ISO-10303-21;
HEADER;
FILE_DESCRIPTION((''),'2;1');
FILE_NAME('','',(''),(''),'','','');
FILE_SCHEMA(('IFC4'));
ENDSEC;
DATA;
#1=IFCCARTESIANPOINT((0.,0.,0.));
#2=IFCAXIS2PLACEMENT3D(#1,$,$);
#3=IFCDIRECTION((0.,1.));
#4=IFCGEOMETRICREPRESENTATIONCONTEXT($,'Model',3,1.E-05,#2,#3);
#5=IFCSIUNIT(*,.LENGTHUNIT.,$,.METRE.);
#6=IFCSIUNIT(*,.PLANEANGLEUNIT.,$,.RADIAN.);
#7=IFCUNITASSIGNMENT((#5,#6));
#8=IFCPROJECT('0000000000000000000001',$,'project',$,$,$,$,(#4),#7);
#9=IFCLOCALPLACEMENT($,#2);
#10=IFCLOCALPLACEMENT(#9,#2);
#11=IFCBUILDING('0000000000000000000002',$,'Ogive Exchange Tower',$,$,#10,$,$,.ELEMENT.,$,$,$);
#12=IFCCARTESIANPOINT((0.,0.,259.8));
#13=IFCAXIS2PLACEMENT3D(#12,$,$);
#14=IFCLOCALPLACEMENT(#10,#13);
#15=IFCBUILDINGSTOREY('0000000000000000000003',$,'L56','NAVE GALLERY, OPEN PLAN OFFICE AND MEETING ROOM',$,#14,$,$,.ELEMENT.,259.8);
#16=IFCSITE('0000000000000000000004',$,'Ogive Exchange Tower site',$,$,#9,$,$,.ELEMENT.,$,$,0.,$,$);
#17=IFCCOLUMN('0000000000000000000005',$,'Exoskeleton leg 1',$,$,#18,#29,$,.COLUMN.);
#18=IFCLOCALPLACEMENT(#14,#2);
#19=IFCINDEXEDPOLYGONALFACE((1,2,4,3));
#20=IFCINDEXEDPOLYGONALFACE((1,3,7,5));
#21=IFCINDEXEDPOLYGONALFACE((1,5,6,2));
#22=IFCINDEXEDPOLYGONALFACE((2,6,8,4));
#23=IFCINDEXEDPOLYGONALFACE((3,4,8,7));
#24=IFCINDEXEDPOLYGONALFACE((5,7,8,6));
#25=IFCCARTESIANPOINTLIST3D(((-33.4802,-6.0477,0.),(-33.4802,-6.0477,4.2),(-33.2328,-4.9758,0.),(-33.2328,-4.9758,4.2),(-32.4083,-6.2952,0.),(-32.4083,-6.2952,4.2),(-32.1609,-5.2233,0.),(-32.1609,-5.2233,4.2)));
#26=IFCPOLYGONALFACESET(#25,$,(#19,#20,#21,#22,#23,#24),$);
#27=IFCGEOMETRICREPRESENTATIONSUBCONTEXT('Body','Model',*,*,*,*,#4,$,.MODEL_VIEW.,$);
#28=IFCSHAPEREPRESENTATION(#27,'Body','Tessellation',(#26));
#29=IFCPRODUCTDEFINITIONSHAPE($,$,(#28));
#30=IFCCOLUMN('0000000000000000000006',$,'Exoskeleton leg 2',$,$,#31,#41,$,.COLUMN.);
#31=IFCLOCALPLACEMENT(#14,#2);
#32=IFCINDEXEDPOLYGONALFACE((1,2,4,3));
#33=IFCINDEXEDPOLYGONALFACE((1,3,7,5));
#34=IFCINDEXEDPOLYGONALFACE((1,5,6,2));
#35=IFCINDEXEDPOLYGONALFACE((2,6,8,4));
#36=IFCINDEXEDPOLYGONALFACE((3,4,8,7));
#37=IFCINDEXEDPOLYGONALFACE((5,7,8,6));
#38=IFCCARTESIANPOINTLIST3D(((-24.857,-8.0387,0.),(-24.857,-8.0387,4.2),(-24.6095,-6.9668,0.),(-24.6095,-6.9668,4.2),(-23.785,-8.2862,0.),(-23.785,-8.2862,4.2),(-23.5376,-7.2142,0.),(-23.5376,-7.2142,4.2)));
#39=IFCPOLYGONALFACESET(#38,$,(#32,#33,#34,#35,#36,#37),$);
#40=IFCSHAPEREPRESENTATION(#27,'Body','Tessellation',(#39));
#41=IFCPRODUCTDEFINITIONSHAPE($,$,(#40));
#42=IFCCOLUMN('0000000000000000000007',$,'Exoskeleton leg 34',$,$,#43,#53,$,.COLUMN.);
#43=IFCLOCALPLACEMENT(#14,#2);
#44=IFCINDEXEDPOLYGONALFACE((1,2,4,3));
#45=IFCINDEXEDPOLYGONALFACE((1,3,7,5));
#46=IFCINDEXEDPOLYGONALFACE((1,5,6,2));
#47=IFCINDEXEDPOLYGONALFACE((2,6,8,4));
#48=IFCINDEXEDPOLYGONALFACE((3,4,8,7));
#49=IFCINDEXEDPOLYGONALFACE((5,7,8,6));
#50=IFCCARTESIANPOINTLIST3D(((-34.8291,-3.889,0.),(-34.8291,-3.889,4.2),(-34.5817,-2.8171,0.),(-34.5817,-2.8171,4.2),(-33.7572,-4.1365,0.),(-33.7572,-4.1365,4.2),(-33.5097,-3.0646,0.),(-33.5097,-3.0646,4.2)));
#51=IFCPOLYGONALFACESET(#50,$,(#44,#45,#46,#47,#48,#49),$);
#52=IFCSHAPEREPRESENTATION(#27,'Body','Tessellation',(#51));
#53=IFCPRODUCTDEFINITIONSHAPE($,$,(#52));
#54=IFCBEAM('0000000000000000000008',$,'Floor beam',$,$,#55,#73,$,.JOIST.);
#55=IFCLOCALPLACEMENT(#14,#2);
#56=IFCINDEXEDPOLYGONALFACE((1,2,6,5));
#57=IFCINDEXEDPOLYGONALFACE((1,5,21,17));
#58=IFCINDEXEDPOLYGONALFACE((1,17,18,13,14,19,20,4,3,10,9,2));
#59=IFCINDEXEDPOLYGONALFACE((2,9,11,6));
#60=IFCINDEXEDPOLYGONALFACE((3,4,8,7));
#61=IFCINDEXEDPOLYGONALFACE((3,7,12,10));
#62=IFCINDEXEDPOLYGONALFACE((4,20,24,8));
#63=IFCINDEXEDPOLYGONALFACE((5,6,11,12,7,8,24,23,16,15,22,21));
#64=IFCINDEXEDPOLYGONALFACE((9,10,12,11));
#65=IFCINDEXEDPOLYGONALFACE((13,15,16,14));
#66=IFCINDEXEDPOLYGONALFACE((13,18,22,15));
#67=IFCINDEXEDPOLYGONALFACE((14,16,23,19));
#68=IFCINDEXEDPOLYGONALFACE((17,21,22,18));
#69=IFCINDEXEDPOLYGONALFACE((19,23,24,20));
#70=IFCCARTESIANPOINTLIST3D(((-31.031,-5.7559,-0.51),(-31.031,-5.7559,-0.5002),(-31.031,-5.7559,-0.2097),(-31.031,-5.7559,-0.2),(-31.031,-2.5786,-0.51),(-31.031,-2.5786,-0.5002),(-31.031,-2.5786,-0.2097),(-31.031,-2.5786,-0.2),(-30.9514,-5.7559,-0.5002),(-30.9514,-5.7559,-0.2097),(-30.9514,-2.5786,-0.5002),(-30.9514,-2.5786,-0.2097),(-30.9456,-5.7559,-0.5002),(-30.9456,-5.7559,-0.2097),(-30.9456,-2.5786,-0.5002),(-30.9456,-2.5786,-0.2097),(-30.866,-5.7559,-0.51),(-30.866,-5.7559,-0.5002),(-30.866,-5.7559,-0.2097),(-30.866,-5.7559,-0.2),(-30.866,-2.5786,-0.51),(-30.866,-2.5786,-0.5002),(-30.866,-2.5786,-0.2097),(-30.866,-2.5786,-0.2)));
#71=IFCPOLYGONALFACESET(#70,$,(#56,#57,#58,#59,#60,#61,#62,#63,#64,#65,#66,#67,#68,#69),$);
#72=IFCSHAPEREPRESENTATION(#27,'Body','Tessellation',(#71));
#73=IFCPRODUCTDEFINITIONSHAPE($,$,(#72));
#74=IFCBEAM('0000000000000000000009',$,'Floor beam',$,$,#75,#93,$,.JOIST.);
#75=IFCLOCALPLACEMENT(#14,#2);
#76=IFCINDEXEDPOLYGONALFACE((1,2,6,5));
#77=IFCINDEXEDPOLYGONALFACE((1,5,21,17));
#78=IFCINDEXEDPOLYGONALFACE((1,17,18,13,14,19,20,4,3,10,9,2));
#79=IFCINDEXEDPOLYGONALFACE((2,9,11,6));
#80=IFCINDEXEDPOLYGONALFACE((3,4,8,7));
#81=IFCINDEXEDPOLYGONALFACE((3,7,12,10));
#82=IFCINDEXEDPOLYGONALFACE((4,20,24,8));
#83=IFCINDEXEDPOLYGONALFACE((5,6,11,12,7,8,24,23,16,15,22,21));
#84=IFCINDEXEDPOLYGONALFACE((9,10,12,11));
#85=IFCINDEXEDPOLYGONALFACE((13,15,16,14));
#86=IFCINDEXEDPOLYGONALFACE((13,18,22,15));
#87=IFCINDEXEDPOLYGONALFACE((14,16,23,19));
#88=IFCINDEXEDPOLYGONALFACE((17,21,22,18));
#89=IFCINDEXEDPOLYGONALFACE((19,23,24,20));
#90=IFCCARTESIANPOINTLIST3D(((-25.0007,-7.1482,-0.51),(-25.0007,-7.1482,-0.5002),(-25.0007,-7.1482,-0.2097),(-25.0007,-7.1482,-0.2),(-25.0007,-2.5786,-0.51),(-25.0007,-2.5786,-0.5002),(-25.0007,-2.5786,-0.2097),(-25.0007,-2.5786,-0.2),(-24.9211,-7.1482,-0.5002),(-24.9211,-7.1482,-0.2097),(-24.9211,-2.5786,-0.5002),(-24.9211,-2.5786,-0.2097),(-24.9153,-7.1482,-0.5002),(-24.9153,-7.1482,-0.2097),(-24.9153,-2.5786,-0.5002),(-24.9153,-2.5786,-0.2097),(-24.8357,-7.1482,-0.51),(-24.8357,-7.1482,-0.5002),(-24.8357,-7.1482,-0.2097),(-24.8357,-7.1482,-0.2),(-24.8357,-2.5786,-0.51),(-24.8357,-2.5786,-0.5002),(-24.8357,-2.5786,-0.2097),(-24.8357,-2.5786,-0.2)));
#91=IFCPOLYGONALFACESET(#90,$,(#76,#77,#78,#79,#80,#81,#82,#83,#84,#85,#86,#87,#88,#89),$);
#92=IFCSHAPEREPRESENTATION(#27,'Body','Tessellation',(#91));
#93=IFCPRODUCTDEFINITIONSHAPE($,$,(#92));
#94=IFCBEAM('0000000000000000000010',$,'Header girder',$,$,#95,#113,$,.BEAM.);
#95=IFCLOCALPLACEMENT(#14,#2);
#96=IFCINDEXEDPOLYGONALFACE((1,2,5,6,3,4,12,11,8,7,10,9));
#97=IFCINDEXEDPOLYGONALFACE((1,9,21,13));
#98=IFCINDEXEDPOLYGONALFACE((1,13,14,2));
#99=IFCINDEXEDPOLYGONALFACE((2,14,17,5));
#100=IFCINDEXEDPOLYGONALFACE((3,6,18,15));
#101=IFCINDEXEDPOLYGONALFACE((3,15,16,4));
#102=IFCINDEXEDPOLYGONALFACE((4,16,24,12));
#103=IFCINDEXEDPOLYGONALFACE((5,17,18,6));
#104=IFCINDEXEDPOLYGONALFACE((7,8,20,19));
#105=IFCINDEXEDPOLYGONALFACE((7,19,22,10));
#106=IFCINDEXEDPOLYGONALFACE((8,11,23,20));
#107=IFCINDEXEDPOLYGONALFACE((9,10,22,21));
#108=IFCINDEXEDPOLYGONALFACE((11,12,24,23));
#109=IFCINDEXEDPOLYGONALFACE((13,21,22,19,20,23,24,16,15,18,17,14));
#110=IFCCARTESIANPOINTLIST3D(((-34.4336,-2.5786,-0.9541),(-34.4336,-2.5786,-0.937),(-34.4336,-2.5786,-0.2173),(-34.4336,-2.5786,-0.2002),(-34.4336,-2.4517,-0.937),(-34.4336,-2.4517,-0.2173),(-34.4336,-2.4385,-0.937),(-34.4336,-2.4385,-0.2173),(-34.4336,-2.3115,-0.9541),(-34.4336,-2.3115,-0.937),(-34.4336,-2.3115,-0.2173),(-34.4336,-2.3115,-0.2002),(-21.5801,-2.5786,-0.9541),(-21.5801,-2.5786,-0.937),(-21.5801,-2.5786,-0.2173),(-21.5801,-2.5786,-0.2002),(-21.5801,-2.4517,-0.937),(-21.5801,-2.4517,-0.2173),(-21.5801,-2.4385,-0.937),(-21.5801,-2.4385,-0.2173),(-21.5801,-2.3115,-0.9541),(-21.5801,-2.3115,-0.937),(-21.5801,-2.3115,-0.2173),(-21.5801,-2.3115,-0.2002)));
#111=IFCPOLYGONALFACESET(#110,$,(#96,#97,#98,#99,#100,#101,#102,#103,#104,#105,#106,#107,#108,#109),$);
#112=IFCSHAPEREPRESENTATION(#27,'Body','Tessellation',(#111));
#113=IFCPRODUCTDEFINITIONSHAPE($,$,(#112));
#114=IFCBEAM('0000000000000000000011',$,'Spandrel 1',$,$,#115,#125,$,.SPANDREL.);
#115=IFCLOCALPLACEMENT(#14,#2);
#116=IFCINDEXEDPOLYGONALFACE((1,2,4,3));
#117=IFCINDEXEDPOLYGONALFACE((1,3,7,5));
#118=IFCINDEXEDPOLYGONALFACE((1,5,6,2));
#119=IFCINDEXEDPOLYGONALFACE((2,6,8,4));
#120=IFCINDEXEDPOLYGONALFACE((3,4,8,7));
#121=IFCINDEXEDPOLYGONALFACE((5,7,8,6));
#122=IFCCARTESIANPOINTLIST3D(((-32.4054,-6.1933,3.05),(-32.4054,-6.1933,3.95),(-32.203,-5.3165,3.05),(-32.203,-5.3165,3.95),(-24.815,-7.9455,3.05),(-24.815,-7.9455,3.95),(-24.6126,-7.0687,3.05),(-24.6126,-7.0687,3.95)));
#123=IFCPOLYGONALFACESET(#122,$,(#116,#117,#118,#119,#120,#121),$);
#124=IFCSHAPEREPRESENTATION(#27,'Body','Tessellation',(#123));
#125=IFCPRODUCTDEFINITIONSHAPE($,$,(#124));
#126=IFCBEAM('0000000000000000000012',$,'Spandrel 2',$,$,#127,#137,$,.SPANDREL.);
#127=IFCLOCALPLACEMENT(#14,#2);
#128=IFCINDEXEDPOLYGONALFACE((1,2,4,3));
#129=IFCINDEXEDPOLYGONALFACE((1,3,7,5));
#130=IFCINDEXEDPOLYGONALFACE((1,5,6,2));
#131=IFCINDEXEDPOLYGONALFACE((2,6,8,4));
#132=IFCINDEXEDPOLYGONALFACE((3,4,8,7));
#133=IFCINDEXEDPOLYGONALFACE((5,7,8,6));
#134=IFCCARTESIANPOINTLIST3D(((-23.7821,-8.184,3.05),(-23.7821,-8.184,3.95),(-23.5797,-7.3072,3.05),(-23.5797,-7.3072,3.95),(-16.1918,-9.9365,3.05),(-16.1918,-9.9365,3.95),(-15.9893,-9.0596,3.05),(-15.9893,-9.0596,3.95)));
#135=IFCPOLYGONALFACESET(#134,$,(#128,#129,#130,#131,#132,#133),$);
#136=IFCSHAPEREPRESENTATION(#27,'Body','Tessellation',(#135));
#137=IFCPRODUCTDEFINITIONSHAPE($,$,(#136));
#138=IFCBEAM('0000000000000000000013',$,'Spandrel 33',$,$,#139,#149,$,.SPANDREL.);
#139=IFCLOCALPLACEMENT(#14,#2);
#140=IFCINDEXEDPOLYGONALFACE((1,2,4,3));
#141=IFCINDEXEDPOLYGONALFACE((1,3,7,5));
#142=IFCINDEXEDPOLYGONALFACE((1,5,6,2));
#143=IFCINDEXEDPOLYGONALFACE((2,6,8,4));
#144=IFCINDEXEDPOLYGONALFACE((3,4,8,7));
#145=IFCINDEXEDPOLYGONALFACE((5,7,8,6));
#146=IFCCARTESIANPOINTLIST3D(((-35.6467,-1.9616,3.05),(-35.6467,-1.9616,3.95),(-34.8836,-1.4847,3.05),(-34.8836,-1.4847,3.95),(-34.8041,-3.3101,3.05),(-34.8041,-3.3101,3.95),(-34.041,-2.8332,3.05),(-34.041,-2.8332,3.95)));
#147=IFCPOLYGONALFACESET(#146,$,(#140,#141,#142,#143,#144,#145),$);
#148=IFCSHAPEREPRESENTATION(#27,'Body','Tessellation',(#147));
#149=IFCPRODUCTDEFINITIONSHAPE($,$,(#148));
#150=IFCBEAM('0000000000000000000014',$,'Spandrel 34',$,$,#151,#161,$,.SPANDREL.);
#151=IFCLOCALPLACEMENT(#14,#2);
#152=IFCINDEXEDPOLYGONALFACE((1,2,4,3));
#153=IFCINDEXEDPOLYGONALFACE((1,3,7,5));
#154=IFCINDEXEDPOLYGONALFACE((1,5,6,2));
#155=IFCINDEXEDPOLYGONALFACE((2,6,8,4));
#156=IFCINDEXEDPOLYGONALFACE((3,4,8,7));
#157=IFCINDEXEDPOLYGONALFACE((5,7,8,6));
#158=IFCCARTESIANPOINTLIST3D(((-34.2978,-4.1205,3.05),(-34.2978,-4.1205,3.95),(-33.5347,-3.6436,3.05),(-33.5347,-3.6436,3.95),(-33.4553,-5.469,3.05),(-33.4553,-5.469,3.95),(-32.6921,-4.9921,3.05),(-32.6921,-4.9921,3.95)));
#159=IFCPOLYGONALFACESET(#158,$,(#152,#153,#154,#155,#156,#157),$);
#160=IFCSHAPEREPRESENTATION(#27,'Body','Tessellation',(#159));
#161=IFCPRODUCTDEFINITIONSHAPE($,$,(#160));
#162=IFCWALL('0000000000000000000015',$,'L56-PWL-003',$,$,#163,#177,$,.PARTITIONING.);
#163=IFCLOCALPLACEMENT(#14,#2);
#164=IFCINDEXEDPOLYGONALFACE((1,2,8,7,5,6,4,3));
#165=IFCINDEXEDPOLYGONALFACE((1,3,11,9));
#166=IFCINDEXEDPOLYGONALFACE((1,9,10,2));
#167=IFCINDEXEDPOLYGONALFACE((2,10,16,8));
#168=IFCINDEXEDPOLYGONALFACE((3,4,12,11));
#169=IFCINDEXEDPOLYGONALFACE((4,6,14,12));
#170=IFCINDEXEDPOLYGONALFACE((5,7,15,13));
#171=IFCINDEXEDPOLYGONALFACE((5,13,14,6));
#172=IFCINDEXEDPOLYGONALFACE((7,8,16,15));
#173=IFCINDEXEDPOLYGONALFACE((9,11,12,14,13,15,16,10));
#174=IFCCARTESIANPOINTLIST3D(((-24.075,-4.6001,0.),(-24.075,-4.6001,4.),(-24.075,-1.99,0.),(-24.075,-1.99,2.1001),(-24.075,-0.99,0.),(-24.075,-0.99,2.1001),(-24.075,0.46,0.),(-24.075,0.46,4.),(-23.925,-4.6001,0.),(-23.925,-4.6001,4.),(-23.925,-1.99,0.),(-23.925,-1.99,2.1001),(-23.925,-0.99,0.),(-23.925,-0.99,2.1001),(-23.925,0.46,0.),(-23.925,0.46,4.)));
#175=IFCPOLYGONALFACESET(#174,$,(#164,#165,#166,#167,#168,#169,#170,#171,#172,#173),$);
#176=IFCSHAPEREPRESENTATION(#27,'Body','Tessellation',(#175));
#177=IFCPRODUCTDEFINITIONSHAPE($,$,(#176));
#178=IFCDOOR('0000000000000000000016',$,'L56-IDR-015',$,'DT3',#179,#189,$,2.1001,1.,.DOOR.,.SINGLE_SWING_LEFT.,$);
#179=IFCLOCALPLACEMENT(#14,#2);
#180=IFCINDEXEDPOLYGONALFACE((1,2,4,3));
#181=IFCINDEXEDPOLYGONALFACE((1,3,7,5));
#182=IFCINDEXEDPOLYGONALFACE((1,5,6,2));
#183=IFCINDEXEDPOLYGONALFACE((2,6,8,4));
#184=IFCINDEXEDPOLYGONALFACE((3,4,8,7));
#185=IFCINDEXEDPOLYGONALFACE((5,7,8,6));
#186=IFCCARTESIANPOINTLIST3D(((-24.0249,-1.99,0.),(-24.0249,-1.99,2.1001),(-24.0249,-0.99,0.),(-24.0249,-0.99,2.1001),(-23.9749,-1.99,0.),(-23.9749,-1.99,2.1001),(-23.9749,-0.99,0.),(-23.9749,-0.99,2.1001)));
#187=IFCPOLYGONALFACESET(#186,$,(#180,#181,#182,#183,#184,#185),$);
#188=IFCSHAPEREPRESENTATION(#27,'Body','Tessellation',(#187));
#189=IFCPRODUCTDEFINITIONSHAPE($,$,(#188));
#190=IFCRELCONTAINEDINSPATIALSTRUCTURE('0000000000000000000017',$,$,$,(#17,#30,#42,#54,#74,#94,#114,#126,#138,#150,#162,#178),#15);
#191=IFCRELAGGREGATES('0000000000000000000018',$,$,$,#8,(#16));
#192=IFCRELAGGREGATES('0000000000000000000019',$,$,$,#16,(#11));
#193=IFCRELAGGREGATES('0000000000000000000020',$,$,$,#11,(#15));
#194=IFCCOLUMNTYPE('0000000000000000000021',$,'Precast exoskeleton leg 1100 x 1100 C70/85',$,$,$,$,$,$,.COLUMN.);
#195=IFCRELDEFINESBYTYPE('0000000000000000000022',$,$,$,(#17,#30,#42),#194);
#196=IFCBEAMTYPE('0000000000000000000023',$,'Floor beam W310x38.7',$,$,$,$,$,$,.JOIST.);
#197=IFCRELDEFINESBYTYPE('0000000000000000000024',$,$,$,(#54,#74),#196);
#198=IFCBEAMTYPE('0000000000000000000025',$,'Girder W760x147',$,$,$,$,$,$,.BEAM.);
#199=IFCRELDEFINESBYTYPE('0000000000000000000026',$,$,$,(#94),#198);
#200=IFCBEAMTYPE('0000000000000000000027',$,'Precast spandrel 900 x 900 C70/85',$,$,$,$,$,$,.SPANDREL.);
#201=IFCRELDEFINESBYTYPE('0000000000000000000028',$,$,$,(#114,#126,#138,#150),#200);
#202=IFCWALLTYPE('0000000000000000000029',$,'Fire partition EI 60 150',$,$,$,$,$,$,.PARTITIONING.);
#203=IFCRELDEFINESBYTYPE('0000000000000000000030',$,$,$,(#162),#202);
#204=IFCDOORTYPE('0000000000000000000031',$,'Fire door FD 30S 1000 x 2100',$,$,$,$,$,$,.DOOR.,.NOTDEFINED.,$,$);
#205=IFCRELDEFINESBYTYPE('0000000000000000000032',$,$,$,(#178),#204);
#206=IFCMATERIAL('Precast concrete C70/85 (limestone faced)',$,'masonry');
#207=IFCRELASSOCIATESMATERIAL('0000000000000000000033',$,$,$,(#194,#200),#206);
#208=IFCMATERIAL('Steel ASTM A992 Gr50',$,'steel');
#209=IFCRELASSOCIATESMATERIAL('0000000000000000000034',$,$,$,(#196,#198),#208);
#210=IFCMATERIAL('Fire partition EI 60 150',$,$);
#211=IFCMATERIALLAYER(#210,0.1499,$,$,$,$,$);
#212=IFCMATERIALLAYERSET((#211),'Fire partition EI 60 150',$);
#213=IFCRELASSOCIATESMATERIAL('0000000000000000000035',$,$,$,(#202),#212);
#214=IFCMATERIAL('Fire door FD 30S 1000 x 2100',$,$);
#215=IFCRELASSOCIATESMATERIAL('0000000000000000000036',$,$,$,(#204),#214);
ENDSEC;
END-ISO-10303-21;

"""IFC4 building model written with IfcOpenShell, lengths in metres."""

from ifc_helpers import new_model, si_unit, direction, frame, frame_2d, origin, origin_2d, place, context, subcontext, project, spatial, rectangle, i_section, extrude, material, layer, layer_set, material_profile, profile_set, type_object, element, fill, save


model = new_model("IFC4")

# Units and contexts
model_context = context("Model", 3, precision=1e-05, world=origin(), true_north=direction((0.0, 1.0)))
body_context = subcontext(model_context, "Body", "Model", "MODEL_VIEW")
ifc_project = project(units=[si_unit("LENGTHUNIT", "METRE"), si_unit("PLANEANGLEUNIT", "RADIAN")], contexts=[model_context])

# Site, building, storey
site_placement = place(None, origin())
site = spatial("IfcSite", under=ifc_project, at=site_placement, Name="Ogive Exchange Tower site", CompositionType="ELEMENT", RefElevation=0.0)
building_placement = place(site_placement, origin())
building = spatial("IfcBuilding", under=site, at=building_placement, Name="Ogive Exchange Tower", CompositionType="ELEMENT")
storey_placement = place(building_placement, frame((0.0, 0.0, 259.8)))
storey = spatial("IfcBuildingStorey", under=building, at=storey_placement, Name="L56", Description="NAVE GALLERY, OPEN PLAN OFFICE AND MEETING ROOM", CompositionType="ELEMENT", Elevation=259.8)

# Columns
ifc_material_1 = material(Name="Precast concrete C70/85 (limestone faced)", Category="masonry")
ifc_material_profile_1 = material_profile(ifc_material_1, rectangle(XDim=1.1001, YDim=1.1001, at=origin_2d()), Name="1100 x 1100")
ifc_profile_set_1 = profile_set([ifc_material_profile_1], Name="Precast concrete C70/85 (limestone faced)")
column_type = type_object("IfcColumnType", Name="Precast exoskeleton leg 1100 x 1100 C70/85", PredefinedType="COLUMN", material=ifc_profile_set_1)
for number, where, z_axis, x_axis, name in (
    (1, (-32.8206, -5.6355, 0.0), (0.0, 0.0, 1.0), (0.97437, -0.224951, 0.0), "Exoskeleton leg 1"),
    (2, (-24.1973, -7.6265, 0.0), (0.0, 0.0, 1.0), (0.97437, -0.224951, 0.0), "Exoskeleton leg 2"),
    (3, (-34.1694, -3.4768, 0.0), (0.0, 0.0, 1.0), (0.97437, -0.224951, 0.0), "Exoskeleton leg 34"),
):
    element("IfcColumn", number, at=place(storey_placement, frame(where, z_axis=z_axis, x_axis=x_axis)), inside=storey, type_object=column_type, Name=name, PredefinedType="COLUMN", context=body_context, shape_type="SweptSolid", body=[
        extrude(rectangle(XDim=1.1001, YDim=1.1001, at=origin_2d()), origin(), (0.0, 0.0, 1.0), 4.2),
    ])

# Beams
ifc_material_2 = material(Name="Steel ASTM A992 Gr50", Category="steel")
ifc_material_profile_2 = material_profile(ifc_material_2, i_section(OverallWidth=0.165, OverallDepth=0.3101, WebThickness=0.0059, FlangeThickness=0.0098, at=origin_2d()), Name="W310x38.7")
ifc_profile_set_2 = profile_set([ifc_material_profile_2], Name="Steel ASTM A992 Gr50")
beam_type_1 = type_object("IfcBeamType", Name="Floor beam W310x38.7", PredefinedType="JOIST", material=ifc_profile_set_2)
beam_1_placement = place(storey_placement, frame((-30.9485, -5.7559, -0.355), z_axis=(0.0, 1.0, 0.0), x_axis=(-1.0, 0.0, 0.0)))
element("IfcBeam", 4, at=beam_1_placement, inside=storey, type_object=beam_type_1, Name="Floor beam", PredefinedType="JOIST", context=body_context, shape_type="SweptSolid", body=[
    extrude(i_section(OverallWidth=0.165, OverallDepth=0.3101, WebThickness=0.0059, FlangeThickness=0.0098, at=origin_2d()), origin(), (0.0, 0.0, 1.0), 3.1772),
])
beam_2_placement = place(storey_placement, frame((-24.9182, -7.1482, -0.355), z_axis=(0.0, 1.0, 0.0), x_axis=(-1.0, 0.0, 0.0)))
element("IfcBeam", 5, at=beam_2_placement, inside=storey, type_object=beam_type_1, Name="Floor beam", PredefinedType="JOIST", context=body_context, shape_type="SweptSolid", body=[
    extrude(i_section(OverallWidth=0.165, OverallDepth=0.3101, WebThickness=0.0059, FlangeThickness=0.0098, at=origin_2d()), origin(), (0.0, 0.0, 1.0), 4.5696),
])
ifc_material_profile_3 = material_profile(ifc_material_2, i_section(OverallWidth=0.2671, OverallDepth=0.7539, WebThickness=0.0132, FlangeThickness=0.0171, at=origin_2d()), Name="W760x147")
ifc_profile_set_3 = profile_set([ifc_material_profile_3], Name="Steel ASTM A992 Gr50")
beam_type_2 = type_object("IfcBeamType", Name="Girder W760x147", PredefinedType="BEAM", material=ifc_profile_set_3)
beam_3_placement = place(storey_placement, frame((-34.4336, -2.4451, -0.5771), z_axis=(1.0, 0.0, 0.0), x_axis=(0.0, 1.0, 0.0)))
element("IfcBeam", 6, at=beam_3_placement, inside=storey, type_object=beam_type_2, Name="Header girder", PredefinedType="BEAM", context=body_context, shape_type="SweptSolid", body=[
    extrude(i_section(OverallWidth=0.2671, OverallDepth=0.7539, WebThickness=0.0132, FlangeThickness=0.0171, at=origin_2d()), origin(), (0.0, 0.0, 1.0), 12.8535),
])
ifc_material_profile_4 = material_profile(ifc_material_1, rectangle(XDim=0.8999, YDim=0.8999, at=origin_2d()), Name="900 x 900")
ifc_profile_set_4 = profile_set([ifc_material_profile_4], Name="Precast concrete C70/85 (limestone faced)")
beam_type_3 = type_object("IfcBeamType", Name="Precast spandrel 900 x 900 C70/85", PredefinedType="SPANDREL", material=ifc_profile_set_4)
for number, where, z_axis, x_axis, name in (
    (7, (-32.3042, -5.7549, 3.5), (0.974375, -0.22493, 0.0), (0.22493, 0.974375, 0.0), "Spandrel 1"),
    (8, (-23.6809, -7.7456, 3.5), (0.974368, -0.22496, 0.0), (0.22496, 0.974368, 0.0), "Spandrel 2"),
):
    element("IfcBeam", number, at=place(storey_placement, frame(where, z_axis=z_axis, x_axis=x_axis)), inside=storey, type_object=beam_type_3, Name=name, PredefinedType="SPANDREL", context=body_context, shape_type="SweptSolid", body=[
        extrude(rectangle(XDim=0.8999, YDim=0.8999, at=origin_2d()), origin(), (0.0, 0.0, 1.0), 7.79),
    ])
for number, where, z_axis, x_axis, name in (
    (9, (-35.2651, -1.7231, 3.5), (0.529902, -0.848059, 0.0), (0.848059, 0.529902, 0.0), "Spandrel 33"),
    (10, (-33.9163, -3.8821, 3.5), (0.529902, -0.848059, 0.0), (0.848059, 0.529902, 0.0), "Spandrel 34"),
):
    element("IfcBeam", number, at=place(storey_placement, frame(where, z_axis=z_axis, x_axis=x_axis)), inside=storey, type_object=beam_type_3, Name=name, PredefinedType="SPANDREL", context=body_context, shape_type="SweptSolid", body=[
        extrude(rectangle(XDim=0.8999, YDim=0.8999, at=origin_2d()), origin(), (0.0, 0.0, 1.0), 1.5901),
    ])

# Wall, opening, door
ifc_material_3 = material(Name="Fire partition EI 60 150")
ifc_layer_1 = layer(ifc_material_3, 0.1499)
ifc_layer_set_1 = layer_set([ifc_layer_1], Name="Fire partition EI 60 150")
wall_type_1 = type_object("IfcWallType", Name="Fire partition EI 60 150", PredefinedType="PARTITIONING", material=ifc_layer_set_1)
wall_1_placement = place(storey_placement, frame((-24.0, -4.6001, 0.0), z_axis=(0.0, 0.0, 1.0), x_axis=(0.0, 1.0, 0.0)))
wall_1 = element("IfcWall", 11, at=wall_1_placement, inside=storey, type_object=wall_type_1, Name="L56-PWL-003", PredefinedType="PARTITIONING", context=body_context, shape_type="SweptSolid", body=[
    extrude(rectangle(XDim=5.0601, YDim=0.1499, at=frame_2d((2.53, 0.0))), origin(), (0.0, 0.0, 1.0), 4.0),
])
opening_1_placement = place(wall_1_placement, frame((2.6101, 0.0, 0.0)))
opening_1 = element("IfcOpeningElement", 12, at=opening_1_placement, cuts=wall_1, PredefinedType="OPENING", context=body_context, shape_type="SweptSolid", body=[
    extrude(rectangle(XDim=1.0, YDim=2.1001, at=frame_2d((0.5, 1.05))), frame((0.0, 0.085, 0.0), z_axis=(0.0, -1.0, 0.0), x_axis=(1.0, 0.0, 0.0)), (0.0, 0.0, 1.0), 0.1699),
])
ifc_material_4 = material(Name="Fire door FD 30S 1000 x 2100")
door_type_1 = type_object("IfcDoorType", Name="Fire door FD 30S 1000 x 2100", OperationType="NOTDEFINED", PredefinedType="DOOR", material=ifc_material_4)
door_1_placement = place(opening_1_placement, origin())
door_1 = element("IfcDoor", 13, at=door_1_placement, inside=storey, type_object=door_type_1, Name="L56-IDR-015", ObjectType="DT3", OperationType="SINGLE_SWING_LEFT", OverallHeight=2.1001, OverallWidth=1.0, PredefinedType="DOOR", context=body_context, shape_type="SweptSolid", body=[
    extrude(rectangle(XDim=1.0, YDim=2.1001, at=frame_2d((0.5, 1.05))), frame((0.0, 0.0249, 0.0), z_axis=(0.0, -1.0, 0.0), x_axis=(1.0, 0.0, 0.0)), (0.0, 0.0, 1.0), 0.05),
])
fill(opening_1, door_1)

save(model, "model.ifc")
